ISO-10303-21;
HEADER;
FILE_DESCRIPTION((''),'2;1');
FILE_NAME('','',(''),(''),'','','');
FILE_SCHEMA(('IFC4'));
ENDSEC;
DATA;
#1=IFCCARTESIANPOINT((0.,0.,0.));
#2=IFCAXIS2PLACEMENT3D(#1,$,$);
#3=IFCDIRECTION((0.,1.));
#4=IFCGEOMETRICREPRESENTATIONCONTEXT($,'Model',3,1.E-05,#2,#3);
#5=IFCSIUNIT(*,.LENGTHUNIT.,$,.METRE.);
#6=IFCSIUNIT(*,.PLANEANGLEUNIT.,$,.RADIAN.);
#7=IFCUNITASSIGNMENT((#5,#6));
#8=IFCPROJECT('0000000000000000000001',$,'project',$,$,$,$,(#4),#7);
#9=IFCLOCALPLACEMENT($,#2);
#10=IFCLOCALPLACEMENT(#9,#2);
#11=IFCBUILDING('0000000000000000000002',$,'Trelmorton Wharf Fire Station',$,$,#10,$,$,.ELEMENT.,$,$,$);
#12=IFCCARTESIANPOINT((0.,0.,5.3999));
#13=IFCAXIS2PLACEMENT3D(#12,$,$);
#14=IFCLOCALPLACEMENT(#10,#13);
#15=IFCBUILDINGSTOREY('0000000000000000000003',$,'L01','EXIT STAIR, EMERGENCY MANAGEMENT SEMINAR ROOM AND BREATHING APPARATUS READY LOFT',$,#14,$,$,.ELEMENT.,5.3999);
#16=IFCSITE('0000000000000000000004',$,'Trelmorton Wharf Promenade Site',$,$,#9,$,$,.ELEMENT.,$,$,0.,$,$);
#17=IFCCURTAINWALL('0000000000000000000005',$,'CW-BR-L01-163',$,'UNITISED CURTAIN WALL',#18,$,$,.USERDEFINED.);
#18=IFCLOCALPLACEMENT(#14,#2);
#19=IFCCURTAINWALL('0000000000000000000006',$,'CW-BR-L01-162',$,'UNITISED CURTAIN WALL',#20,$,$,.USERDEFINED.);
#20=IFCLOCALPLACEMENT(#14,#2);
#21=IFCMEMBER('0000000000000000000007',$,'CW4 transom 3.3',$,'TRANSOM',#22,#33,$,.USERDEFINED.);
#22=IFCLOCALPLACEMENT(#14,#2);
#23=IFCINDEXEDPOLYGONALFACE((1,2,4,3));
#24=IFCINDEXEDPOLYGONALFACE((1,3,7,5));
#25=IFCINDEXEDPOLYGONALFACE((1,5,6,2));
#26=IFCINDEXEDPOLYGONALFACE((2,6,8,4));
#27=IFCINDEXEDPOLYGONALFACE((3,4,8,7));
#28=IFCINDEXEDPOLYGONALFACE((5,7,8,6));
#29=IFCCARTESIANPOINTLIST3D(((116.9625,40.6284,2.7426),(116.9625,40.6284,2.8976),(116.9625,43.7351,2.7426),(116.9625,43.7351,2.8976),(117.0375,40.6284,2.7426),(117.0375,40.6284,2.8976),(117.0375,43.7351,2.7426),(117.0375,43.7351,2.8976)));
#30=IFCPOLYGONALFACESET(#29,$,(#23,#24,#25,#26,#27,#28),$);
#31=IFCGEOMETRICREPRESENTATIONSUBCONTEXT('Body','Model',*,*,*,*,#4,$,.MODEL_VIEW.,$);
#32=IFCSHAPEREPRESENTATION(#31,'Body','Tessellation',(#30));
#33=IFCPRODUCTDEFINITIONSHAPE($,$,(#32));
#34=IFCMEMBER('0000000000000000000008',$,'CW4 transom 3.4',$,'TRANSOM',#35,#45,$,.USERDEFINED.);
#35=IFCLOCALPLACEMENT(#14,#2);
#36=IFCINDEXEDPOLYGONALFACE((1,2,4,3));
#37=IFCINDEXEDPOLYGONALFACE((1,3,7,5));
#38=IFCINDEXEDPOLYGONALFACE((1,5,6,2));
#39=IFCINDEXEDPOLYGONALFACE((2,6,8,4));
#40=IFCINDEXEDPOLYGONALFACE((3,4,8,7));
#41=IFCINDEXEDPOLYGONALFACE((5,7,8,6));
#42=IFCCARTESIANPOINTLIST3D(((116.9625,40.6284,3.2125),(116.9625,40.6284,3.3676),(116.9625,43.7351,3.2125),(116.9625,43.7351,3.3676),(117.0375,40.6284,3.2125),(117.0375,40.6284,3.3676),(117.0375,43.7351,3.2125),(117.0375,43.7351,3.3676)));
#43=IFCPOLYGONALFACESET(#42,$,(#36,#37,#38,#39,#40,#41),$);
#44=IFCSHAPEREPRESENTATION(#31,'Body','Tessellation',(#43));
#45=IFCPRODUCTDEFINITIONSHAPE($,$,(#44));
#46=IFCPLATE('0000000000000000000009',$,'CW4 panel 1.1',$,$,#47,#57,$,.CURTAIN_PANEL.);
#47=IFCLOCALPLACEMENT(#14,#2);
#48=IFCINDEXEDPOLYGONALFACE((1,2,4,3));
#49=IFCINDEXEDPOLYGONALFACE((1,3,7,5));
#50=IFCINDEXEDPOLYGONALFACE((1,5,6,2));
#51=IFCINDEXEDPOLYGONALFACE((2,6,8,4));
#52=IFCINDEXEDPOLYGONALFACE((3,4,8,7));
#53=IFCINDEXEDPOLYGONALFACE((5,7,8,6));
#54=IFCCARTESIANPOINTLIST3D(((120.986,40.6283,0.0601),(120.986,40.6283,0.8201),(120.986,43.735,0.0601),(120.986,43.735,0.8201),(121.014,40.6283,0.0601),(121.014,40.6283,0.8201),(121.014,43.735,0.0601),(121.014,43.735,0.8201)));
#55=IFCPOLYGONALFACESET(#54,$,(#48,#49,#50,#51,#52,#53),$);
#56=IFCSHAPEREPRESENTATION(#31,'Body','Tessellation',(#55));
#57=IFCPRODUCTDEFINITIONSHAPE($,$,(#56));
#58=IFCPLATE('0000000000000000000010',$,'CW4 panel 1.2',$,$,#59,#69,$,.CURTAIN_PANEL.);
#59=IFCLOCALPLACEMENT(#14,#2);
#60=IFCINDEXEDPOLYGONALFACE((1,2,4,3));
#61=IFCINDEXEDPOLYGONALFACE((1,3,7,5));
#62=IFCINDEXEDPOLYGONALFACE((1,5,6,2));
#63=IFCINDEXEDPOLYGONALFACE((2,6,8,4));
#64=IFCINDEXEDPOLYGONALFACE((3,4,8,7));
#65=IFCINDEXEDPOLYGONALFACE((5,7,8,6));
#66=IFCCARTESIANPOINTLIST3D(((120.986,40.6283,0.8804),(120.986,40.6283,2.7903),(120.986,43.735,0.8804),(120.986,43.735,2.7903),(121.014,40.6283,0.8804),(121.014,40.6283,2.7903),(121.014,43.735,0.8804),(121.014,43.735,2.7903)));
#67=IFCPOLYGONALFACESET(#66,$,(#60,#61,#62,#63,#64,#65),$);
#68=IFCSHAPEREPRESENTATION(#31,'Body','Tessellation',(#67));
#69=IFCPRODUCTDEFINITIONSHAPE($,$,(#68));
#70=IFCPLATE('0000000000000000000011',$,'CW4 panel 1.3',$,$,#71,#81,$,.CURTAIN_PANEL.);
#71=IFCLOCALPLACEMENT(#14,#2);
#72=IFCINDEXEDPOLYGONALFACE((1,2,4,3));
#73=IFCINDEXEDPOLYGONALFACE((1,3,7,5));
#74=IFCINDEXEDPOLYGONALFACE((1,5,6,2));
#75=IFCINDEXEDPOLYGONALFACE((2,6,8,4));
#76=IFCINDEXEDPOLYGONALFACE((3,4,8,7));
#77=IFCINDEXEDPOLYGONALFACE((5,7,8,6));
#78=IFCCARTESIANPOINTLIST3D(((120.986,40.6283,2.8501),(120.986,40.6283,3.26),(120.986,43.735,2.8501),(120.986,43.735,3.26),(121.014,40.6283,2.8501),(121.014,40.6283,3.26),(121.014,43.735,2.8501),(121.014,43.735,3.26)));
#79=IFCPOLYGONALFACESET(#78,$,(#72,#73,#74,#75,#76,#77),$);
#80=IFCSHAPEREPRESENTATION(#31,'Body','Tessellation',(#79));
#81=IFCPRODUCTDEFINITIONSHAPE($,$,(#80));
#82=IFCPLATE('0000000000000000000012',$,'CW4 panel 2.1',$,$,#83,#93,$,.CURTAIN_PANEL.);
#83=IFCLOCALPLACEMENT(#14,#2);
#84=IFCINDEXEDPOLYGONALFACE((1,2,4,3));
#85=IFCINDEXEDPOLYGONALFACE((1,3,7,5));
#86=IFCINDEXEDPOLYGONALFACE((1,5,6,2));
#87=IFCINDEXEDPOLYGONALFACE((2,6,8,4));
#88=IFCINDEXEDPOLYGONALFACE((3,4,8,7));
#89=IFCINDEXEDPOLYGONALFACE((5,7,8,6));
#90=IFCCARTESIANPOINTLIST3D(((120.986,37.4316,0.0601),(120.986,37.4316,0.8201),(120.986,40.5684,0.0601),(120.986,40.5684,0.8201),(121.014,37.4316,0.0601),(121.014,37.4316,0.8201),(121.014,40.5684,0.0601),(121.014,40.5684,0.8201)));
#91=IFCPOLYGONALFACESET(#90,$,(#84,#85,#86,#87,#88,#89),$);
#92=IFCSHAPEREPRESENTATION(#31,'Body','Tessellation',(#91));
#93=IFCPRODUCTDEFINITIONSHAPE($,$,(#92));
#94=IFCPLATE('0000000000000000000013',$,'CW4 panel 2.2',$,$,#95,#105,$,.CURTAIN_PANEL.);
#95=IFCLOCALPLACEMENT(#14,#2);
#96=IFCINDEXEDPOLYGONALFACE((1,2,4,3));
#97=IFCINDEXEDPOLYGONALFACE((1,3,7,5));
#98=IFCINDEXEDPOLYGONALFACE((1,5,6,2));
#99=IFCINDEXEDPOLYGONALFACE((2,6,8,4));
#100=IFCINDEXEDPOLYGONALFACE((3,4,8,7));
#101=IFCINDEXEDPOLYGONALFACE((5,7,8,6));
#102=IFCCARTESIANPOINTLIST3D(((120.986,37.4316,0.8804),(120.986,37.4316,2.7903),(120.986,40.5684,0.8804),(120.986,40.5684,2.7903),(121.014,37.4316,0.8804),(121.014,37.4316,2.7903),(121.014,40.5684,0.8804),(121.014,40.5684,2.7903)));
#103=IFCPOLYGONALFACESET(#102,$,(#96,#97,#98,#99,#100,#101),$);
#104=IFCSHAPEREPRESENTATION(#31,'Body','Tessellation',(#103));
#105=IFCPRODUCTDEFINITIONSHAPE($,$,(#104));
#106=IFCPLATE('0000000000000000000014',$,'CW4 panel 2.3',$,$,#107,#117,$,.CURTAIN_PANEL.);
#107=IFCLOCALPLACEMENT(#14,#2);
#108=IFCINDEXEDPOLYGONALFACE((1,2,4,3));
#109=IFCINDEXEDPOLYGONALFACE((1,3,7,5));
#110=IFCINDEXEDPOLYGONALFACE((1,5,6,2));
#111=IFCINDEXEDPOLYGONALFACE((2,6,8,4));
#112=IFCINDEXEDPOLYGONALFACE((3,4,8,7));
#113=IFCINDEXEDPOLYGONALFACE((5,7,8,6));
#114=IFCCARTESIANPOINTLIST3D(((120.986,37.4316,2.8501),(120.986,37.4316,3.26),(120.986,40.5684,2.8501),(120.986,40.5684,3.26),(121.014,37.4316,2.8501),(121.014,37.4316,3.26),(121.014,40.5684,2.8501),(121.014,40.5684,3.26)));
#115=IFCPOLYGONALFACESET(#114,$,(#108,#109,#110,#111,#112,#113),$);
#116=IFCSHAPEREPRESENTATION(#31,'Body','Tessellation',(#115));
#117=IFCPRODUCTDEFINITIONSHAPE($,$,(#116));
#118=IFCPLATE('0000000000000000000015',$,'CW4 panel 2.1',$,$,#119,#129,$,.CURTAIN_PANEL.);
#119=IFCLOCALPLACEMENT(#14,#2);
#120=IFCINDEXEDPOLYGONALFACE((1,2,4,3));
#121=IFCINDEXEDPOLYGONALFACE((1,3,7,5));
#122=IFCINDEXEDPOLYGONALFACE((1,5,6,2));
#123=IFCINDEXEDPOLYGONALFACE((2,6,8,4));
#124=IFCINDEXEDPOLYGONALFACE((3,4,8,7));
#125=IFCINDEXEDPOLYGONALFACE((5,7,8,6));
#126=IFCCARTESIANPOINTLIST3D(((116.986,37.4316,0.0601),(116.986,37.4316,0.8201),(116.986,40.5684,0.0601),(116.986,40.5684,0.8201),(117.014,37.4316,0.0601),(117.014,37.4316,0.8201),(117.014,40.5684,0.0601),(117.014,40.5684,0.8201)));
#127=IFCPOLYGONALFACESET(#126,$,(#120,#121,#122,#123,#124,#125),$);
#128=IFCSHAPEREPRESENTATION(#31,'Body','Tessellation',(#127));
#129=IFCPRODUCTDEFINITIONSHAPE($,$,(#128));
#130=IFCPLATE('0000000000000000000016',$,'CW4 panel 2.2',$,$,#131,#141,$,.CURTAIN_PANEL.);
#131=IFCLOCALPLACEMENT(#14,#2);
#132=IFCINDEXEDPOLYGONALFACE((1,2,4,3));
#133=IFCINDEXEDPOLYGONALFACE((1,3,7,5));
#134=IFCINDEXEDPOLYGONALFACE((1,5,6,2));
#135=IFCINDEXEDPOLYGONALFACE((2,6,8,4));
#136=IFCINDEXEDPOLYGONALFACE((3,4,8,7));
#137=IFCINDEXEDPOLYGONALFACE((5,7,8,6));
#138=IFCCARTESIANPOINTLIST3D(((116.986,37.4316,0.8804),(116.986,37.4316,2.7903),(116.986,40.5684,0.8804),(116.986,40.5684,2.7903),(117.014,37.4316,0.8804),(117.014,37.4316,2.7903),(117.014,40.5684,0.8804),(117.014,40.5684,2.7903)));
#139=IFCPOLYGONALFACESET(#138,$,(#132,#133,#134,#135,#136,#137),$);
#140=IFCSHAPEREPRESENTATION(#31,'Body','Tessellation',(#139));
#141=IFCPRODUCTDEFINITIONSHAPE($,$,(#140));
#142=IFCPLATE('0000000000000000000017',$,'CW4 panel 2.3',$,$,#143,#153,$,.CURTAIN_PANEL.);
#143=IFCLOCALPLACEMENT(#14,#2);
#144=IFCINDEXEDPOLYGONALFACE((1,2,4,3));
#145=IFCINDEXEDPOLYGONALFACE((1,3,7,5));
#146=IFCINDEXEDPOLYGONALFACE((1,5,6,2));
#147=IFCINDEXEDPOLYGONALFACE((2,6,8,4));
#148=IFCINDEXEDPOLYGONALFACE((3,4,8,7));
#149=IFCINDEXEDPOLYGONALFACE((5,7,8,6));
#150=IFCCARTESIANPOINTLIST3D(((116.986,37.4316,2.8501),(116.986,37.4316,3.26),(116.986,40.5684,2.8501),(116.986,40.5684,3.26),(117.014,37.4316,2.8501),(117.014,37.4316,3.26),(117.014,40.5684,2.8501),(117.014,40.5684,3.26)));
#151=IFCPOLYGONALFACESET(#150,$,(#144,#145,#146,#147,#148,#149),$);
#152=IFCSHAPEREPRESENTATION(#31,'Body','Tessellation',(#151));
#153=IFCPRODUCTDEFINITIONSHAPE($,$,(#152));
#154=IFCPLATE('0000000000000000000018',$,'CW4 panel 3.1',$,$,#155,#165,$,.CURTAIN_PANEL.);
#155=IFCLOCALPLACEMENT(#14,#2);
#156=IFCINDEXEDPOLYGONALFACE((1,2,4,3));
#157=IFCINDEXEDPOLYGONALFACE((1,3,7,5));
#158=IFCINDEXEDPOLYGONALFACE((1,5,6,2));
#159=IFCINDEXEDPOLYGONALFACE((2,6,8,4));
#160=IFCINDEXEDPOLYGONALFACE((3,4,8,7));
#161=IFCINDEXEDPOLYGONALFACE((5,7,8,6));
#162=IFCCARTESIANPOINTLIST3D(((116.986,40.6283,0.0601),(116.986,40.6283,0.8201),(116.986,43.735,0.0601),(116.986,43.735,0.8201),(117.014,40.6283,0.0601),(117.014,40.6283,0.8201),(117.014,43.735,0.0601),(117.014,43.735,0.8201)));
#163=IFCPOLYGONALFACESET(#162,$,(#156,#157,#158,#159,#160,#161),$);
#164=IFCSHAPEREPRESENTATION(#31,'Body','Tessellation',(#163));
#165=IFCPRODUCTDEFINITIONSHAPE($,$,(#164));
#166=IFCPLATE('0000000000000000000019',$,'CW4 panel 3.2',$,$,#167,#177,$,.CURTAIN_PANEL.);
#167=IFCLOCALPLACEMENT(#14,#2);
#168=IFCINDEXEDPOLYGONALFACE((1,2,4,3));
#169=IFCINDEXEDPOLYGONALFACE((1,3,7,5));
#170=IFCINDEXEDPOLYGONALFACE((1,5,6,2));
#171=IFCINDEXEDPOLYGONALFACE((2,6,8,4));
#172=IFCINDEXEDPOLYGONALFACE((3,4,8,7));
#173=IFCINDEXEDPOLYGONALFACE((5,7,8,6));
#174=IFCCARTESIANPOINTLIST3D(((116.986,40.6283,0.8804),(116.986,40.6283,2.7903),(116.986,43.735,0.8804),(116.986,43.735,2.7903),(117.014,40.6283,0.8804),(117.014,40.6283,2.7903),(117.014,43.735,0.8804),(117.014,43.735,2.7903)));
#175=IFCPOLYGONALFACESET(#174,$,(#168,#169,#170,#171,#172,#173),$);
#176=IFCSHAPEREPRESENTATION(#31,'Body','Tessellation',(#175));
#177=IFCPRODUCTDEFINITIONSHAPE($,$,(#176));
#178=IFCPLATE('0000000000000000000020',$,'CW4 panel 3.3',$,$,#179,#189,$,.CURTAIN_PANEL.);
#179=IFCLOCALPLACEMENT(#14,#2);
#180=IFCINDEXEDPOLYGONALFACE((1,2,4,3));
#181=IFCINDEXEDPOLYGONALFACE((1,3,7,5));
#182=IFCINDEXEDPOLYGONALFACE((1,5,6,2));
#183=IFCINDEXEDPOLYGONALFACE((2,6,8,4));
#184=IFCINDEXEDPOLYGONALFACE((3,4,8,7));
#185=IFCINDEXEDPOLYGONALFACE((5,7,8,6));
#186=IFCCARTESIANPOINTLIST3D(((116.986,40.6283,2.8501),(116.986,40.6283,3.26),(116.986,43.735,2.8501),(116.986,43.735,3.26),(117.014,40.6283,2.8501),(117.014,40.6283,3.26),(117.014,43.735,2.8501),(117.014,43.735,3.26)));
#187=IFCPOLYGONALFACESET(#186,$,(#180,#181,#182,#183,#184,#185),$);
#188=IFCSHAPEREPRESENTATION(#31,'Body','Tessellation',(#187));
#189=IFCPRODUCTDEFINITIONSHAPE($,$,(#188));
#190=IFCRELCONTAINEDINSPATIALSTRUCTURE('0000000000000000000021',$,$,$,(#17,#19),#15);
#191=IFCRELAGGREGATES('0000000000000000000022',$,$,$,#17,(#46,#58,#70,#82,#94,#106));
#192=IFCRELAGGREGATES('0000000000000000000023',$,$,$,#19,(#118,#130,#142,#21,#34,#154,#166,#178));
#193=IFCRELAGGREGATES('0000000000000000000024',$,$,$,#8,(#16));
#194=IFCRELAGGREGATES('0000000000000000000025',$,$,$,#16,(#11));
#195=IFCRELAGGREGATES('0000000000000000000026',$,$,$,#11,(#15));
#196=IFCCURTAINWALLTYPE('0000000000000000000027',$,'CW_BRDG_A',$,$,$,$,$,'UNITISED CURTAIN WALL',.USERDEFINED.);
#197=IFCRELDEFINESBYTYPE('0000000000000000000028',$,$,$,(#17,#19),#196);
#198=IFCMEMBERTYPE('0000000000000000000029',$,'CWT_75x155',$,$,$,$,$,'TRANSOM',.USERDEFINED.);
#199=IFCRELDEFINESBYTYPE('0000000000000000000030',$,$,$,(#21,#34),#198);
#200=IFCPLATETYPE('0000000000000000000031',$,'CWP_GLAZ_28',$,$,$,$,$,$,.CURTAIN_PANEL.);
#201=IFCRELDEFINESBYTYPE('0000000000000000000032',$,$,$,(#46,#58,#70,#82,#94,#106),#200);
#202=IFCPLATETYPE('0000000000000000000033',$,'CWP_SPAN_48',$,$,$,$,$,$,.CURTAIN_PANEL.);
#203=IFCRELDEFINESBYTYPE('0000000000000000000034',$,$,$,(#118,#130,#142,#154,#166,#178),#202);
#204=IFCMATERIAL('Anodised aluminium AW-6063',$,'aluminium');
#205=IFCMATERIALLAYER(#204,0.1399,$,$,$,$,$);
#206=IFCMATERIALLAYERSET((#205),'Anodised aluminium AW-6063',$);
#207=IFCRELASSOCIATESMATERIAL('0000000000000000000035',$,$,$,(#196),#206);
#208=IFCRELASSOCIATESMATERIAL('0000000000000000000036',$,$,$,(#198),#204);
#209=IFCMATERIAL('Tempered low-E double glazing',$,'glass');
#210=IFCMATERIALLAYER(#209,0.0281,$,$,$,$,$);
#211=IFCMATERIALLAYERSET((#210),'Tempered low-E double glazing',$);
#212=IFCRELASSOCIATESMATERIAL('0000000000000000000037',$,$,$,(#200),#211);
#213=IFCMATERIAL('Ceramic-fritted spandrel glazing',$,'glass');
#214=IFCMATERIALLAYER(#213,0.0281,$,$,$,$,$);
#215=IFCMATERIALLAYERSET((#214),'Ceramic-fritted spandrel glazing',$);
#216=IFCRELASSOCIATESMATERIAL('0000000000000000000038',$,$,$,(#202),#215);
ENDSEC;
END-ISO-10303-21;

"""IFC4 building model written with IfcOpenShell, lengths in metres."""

from ifc_helpers import new_model, si_unit, direction, frame, origin, origin_2d, place, context, subcontext, project, spatial, rectangle, extrude, material, layer, layer_set, material_profile, profile_set, type_object, element, aggregate, save


model = new_model("IFC4")

# Units and contexts
model_context = context("Model", 3, precision=1e-05, world=origin(), true_north=direction((0.0, 1.0)))
body_context = subcontext(model_context, "Body", "Model", "MODEL_VIEW")
ifc_project = project(units=[si_unit("LENGTHUNIT", "METRE"), si_unit("PLANEANGLEUNIT", "RADIAN")], contexts=[model_context])

# Site, building, storey
site_placement = place(None, origin())
site = spatial("IfcSite", under=ifc_project, at=site_placement, Name="Trelmorton Wharf Promenade Site", CompositionType="ELEMENT", RefElevation=0.0)
building_placement = place(site_placement, origin())
building = spatial("IfcBuilding", under=site, at=building_placement, Name="Trelmorton Wharf Fire Station", CompositionType="ELEMENT")
storey_placement = place(building_placement, frame((0.0, 0.0, 5.3999)))
storey = spatial("IfcBuildingStorey", under=building, at=storey_placement, Name="L01", Description="EXIT STAIR, EMERGENCY MANAGEMENT SEMINAR ROOM AND BREATHING APPARATUS READY LOFT", CompositionType="ELEMENT", Elevation=5.3999)

# Curtain walls
ifc_material_1 = material(Name="Anodised aluminium AW-6063", Category="aluminium")
ifc_layer_1 = layer(ifc_material_1, 0.1399)
ifc_layer_set_1 = layer_set([ifc_layer_1], Name="Anodised aluminium AW-6063")
curtain_wall_type = type_object("IfcCurtainWallType", Name="CW_BRDG_A", ElementType="UNITISED CURTAIN WALL", PredefinedType="USERDEFINED", material=ifc_layer_set_1)
curtain_wall_1_placement = place(storey_placement, origin())
curtain_wall_1 = element("IfcCurtainWall", 1, at=curtain_wall_1_placement, inside=storey, type_object=curtain_wall_type, Name="CW-BR-L01-163", ObjectType="UNITISED CURTAIN WALL", PredefinedType="USERDEFINED")
curtain_wall_2_placement = place(storey_placement, origin())
curtain_wall_2 = element("IfcCurtainWall", 2, at=curtain_wall_2_placement, inside=storey, type_object=curtain_wall_type, Name="CW-BR-L01-162", ObjectType="UNITISED CURTAIN WALL", PredefinedType="USERDEFINED")

# Members
ifc_material_profile_1 = material_profile(ifc_material_1, rectangle(XDim=0.075, YDim=0.155, at=origin_2d()), Name="ALU-75x155")
ifc_profile_set_1 = profile_set([ifc_material_profile_1], Name="Anodised aluminium AW-6063")
member_type_1 = type_object("IfcMemberType", Name="CWT_75x155", ElementType="TRANSOM", PredefinedType="USERDEFINED", material=ifc_profile_set_1)
member_1_placement = place(storey_placement, frame((117.0, 40.6284, 2.8201), z_axis=(0.0, 1.0, 0.0), x_axis=(-1.0, 0.0, 0.0)))
member_1 = element("IfcMember", 3, at=member_1_placement, type_object=member_type_1, Name="CW4 transom 3.3", ObjectType="TRANSOM", PredefinedType="USERDEFINED", context=body_context, shape_type="SweptSolid", body=[
    extrude(rectangle(XDim=0.075, YDim=0.155, at=origin_2d()), origin(), (0.0, 0.0, 1.0), 3.1067),
])
member_2_placement = place(storey_placement, frame((117.0, 40.6284, 3.29), z_axis=(0.0, 1.0, 0.0), x_axis=(-1.0, 0.0, 0.0)))
member_2 = element("IfcMember", 4, at=member_2_placement, type_object=member_type_1, Name="CW4 transom 3.4", ObjectType="TRANSOM", PredefinedType="USERDEFINED", context=body_context, shape_type="SweptSolid", body=[
    extrude(rectangle(XDim=0.075, YDim=0.155, at=origin_2d()), origin(), (0.0, 0.0, 1.0), 3.1067),
])

# Plates
ifc_material_2 = material(Name="Tempered low-E double glazing", Category="glass")
ifc_layer_2 = layer(ifc_material_2, 0.0281)
ifc_layer_set_2 = layer_set([ifc_layer_2], Name="Tempered low-E double glazing")
plate_type_1 = type_object("IfcPlateType", Name="CWP_GLAZ_28", PredefinedType="CURTAIN_PANEL", material=ifc_layer_set_2)
plate_1_placement = place(storey_placement, frame((121.0, 42.1816, 0.0601), z_axis=(0.0, 0.0, 1.0), x_axis=(0.0, -1.0, 0.0)))
plate_1 = element("IfcPlate", 5, at=plate_1_placement, type_object=plate_type_1, Name="CW4 panel 1.1", PredefinedType="CURTAIN_PANEL", context=body_context, shape_type="SweptSolid", body=[
    extrude(rectangle(XDim=3.1067, YDim=0.0281, at=origin_2d()), origin(), (0.0, 0.0, 1.0), 0.76),
])
plate_2_placement = place(storey_placement, frame((121.0, 42.1816, 0.8804), z_axis=(0.0, 0.0, 1.0), x_axis=(0.0, -1.0, 0.0)))
plate_2 = element("IfcPlate", 6, at=plate_2_placement, type_object=plate_type_1, Name="CW4 panel 1.2", PredefinedType="CURTAIN_PANEL", context=body_context, shape_type="SweptSolid", body=[
    extrude(rectangle(XDim=3.1067, YDim=0.0281, at=origin_2d()), origin(), (0.0, 0.0, 1.0), 1.9099),
])
plate_3_placement = place(storey_placement, frame((121.0, 42.1816, 2.8501), z_axis=(0.0, 0.0, 1.0), x_axis=(0.0, -1.0, 0.0)))
plate_3 = element("IfcPlate", 7, at=plate_3_placement, type_object=plate_type_1, Name="CW4 panel 1.3", PredefinedType="CURTAIN_PANEL", context=body_context, shape_type="SweptSolid", body=[
    extrude(rectangle(XDim=3.1067, YDim=0.0281, at=origin_2d()), origin(), (0.0, 0.0, 1.0), 0.4099),
])
plate_4_placement = place(storey_placement, frame((121.0, 39.0, 0.0601), z_axis=(0.0, 0.0, 1.0), x_axis=(0.0, -1.0, 0.0)))
plate_4 = element("IfcPlate", 8, at=plate_4_placement, type_object=plate_type_1, Name="CW4 panel 2.1", PredefinedType="CURTAIN_PANEL", context=body_context, shape_type="SweptSolid", body=[
    extrude(rectangle(XDim=3.1367, YDim=0.0281, at=origin_2d()), origin(), (0.0, 0.0, 1.0), 0.76),
])
plate_5_placement = place(storey_placement, frame((121.0, 39.0, 0.8804), z_axis=(0.0, 0.0, 1.0), x_axis=(0.0, -1.0, 0.0)))
plate_5 = element("IfcPlate", 9, at=plate_5_placement, type_object=plate_type_1, Name="CW4 panel 2.2", PredefinedType="CURTAIN_PANEL", context=body_context, shape_type="SweptSolid", body=[
    extrude(rectangle(XDim=3.1367, YDim=0.0281, at=origin_2d()), origin(), (0.0, 0.0, 1.0), 1.9099),
])
plate_6_placement = place(storey_placement, frame((121.0, 39.0, 2.8501), z_axis=(0.0, 0.0, 1.0), x_axis=(0.0, -1.0, 0.0)))
plate_6 = element("IfcPlate", 10, at=plate_6_placement, type_object=plate_type_1, Name="CW4 panel 2.3", PredefinedType="CURTAIN_PANEL", context=body_context, shape_type="SweptSolid", body=[
    extrude(rectangle(XDim=3.1367, YDim=0.0281, at=origin_2d()), origin(), (0.0, 0.0, 1.0), 0.4099),
])
aggregate(curtain_wall_1, [plate_1, plate_2, plate_3, plate_4, plate_5, plate_6])
ifc_material_3 = material(Name="Ceramic-fritted spandrel glazing", Category="glass")
ifc_layer_3 = layer(ifc_material_3, 0.0281)
ifc_layer_set_3 = layer_set([ifc_layer_3], Name="Ceramic-fritted spandrel glazing")
plate_type_2 = type_object("IfcPlateType", Name="CWP_SPAN_48", PredefinedType="CURTAIN_PANEL", material=ifc_layer_set_3)
plate_7_placement = place(storey_placement, frame((117.0, 39.0, 0.0601), z_axis=(0.0, 0.0, 1.0), x_axis=(0.0, 1.0, 0.0)))
plate_7 = element("IfcPlate", 11, at=plate_7_placement, type_object=plate_type_2, Name="CW4 panel 2.1", PredefinedType="CURTAIN_PANEL", context=body_context, shape_type="SweptSolid", body=[
    extrude(rectangle(XDim=3.1367, YDim=0.0281, at=origin_2d()), origin(), (0.0, 0.0, 1.0), 0.76),
])
plate_8_placement = place(storey_placement, frame((117.0, 39.0, 0.8804), z_axis=(0.0, 0.0, 1.0), x_axis=(0.0, 1.0, 0.0)))
plate_8 = element("IfcPlate", 12, at=plate_8_placement, type_object=plate_type_2, Name="CW4 panel 2.2", PredefinedType="CURTAIN_PANEL", context=body_context, shape_type="SweptSolid", body=[
    extrude(rectangle(XDim=3.1367, YDim=0.0281, at=origin_2d()), origin(), (0.0, 0.0, 1.0), 1.9099),
])
plate_9_placement = place(storey_placement, frame((117.0, 39.0, 2.8501), z_axis=(0.0, 0.0, 1.0), x_axis=(0.0, 1.0, 0.0)))
plate_9 = element("IfcPlate", 13, at=plate_9_placement, type_object=plate_type_2, Name="CW4 panel 2.3", PredefinedType="CURTAIN_PANEL", context=body_context, shape_type="SweptSolid", body=[
    extrude(rectangle(XDim=3.1367, YDim=0.0281, at=origin_2d()), origin(), (0.0, 0.0, 1.0), 0.4099),
])
plate_10_placement = place(storey_placement, frame((117.0, 42.1816, 0.0601), z_axis=(0.0, 0.0, 1.0), x_axis=(0.0, 1.0, 0.0)))
plate_10 = element("IfcPlate", 14, at=plate_10_placement, type_object=plate_type_2, Name="CW4 panel 3.1", PredefinedType="CURTAIN_PANEL", context=body_context, shape_type="SweptSolid", body=[
    extrude(rectangle(XDim=3.1067, YDim=0.0281, at=origin_2d()), origin(), (0.0, 0.0, 1.0), 0.76),
])
plate_11_placement = place(storey_placement, frame((117.0, 42.1816, 0.8804), z_axis=(0.0, 0.0, 1.0), x_axis=(0.0, 1.0, 0.0)))
plate_11 = element("IfcPlate", 15, at=plate_11_placement, type_object=plate_type_2, Name="CW4 panel 3.2", PredefinedType="CURTAIN_PANEL", context=body_context, shape_type="SweptSolid", body=[
    extrude(rectangle(XDim=3.1067, YDim=0.0281, at=origin_2d()), origin(), (0.0, 0.0, 1.0), 1.9099),
])
plate_12_placement = place(storey_placement, frame((117.0, 42.1816, 2.8501), z_axis=(0.0, 0.0, 1.0), x_axis=(0.0, 1.0, 0.0)))
plate_12 = element("IfcPlate", 16, at=plate_12_placement, type_object=plate_type_2, Name="CW4 panel 3.3", PredefinedType="CURTAIN_PANEL", context=body_context, shape_type="SweptSolid", body=[
    extrude(rectangle(XDim=3.1067, YDim=0.0281, at=origin_2d()), origin(), (0.0, 0.0, 1.0), 0.4099),
])
aggregate(curtain_wall_2, [plate_7, plate_8, plate_9, member_1, member_2, plate_10, plate_11, plate_12])

save(model, "model.ifc")
